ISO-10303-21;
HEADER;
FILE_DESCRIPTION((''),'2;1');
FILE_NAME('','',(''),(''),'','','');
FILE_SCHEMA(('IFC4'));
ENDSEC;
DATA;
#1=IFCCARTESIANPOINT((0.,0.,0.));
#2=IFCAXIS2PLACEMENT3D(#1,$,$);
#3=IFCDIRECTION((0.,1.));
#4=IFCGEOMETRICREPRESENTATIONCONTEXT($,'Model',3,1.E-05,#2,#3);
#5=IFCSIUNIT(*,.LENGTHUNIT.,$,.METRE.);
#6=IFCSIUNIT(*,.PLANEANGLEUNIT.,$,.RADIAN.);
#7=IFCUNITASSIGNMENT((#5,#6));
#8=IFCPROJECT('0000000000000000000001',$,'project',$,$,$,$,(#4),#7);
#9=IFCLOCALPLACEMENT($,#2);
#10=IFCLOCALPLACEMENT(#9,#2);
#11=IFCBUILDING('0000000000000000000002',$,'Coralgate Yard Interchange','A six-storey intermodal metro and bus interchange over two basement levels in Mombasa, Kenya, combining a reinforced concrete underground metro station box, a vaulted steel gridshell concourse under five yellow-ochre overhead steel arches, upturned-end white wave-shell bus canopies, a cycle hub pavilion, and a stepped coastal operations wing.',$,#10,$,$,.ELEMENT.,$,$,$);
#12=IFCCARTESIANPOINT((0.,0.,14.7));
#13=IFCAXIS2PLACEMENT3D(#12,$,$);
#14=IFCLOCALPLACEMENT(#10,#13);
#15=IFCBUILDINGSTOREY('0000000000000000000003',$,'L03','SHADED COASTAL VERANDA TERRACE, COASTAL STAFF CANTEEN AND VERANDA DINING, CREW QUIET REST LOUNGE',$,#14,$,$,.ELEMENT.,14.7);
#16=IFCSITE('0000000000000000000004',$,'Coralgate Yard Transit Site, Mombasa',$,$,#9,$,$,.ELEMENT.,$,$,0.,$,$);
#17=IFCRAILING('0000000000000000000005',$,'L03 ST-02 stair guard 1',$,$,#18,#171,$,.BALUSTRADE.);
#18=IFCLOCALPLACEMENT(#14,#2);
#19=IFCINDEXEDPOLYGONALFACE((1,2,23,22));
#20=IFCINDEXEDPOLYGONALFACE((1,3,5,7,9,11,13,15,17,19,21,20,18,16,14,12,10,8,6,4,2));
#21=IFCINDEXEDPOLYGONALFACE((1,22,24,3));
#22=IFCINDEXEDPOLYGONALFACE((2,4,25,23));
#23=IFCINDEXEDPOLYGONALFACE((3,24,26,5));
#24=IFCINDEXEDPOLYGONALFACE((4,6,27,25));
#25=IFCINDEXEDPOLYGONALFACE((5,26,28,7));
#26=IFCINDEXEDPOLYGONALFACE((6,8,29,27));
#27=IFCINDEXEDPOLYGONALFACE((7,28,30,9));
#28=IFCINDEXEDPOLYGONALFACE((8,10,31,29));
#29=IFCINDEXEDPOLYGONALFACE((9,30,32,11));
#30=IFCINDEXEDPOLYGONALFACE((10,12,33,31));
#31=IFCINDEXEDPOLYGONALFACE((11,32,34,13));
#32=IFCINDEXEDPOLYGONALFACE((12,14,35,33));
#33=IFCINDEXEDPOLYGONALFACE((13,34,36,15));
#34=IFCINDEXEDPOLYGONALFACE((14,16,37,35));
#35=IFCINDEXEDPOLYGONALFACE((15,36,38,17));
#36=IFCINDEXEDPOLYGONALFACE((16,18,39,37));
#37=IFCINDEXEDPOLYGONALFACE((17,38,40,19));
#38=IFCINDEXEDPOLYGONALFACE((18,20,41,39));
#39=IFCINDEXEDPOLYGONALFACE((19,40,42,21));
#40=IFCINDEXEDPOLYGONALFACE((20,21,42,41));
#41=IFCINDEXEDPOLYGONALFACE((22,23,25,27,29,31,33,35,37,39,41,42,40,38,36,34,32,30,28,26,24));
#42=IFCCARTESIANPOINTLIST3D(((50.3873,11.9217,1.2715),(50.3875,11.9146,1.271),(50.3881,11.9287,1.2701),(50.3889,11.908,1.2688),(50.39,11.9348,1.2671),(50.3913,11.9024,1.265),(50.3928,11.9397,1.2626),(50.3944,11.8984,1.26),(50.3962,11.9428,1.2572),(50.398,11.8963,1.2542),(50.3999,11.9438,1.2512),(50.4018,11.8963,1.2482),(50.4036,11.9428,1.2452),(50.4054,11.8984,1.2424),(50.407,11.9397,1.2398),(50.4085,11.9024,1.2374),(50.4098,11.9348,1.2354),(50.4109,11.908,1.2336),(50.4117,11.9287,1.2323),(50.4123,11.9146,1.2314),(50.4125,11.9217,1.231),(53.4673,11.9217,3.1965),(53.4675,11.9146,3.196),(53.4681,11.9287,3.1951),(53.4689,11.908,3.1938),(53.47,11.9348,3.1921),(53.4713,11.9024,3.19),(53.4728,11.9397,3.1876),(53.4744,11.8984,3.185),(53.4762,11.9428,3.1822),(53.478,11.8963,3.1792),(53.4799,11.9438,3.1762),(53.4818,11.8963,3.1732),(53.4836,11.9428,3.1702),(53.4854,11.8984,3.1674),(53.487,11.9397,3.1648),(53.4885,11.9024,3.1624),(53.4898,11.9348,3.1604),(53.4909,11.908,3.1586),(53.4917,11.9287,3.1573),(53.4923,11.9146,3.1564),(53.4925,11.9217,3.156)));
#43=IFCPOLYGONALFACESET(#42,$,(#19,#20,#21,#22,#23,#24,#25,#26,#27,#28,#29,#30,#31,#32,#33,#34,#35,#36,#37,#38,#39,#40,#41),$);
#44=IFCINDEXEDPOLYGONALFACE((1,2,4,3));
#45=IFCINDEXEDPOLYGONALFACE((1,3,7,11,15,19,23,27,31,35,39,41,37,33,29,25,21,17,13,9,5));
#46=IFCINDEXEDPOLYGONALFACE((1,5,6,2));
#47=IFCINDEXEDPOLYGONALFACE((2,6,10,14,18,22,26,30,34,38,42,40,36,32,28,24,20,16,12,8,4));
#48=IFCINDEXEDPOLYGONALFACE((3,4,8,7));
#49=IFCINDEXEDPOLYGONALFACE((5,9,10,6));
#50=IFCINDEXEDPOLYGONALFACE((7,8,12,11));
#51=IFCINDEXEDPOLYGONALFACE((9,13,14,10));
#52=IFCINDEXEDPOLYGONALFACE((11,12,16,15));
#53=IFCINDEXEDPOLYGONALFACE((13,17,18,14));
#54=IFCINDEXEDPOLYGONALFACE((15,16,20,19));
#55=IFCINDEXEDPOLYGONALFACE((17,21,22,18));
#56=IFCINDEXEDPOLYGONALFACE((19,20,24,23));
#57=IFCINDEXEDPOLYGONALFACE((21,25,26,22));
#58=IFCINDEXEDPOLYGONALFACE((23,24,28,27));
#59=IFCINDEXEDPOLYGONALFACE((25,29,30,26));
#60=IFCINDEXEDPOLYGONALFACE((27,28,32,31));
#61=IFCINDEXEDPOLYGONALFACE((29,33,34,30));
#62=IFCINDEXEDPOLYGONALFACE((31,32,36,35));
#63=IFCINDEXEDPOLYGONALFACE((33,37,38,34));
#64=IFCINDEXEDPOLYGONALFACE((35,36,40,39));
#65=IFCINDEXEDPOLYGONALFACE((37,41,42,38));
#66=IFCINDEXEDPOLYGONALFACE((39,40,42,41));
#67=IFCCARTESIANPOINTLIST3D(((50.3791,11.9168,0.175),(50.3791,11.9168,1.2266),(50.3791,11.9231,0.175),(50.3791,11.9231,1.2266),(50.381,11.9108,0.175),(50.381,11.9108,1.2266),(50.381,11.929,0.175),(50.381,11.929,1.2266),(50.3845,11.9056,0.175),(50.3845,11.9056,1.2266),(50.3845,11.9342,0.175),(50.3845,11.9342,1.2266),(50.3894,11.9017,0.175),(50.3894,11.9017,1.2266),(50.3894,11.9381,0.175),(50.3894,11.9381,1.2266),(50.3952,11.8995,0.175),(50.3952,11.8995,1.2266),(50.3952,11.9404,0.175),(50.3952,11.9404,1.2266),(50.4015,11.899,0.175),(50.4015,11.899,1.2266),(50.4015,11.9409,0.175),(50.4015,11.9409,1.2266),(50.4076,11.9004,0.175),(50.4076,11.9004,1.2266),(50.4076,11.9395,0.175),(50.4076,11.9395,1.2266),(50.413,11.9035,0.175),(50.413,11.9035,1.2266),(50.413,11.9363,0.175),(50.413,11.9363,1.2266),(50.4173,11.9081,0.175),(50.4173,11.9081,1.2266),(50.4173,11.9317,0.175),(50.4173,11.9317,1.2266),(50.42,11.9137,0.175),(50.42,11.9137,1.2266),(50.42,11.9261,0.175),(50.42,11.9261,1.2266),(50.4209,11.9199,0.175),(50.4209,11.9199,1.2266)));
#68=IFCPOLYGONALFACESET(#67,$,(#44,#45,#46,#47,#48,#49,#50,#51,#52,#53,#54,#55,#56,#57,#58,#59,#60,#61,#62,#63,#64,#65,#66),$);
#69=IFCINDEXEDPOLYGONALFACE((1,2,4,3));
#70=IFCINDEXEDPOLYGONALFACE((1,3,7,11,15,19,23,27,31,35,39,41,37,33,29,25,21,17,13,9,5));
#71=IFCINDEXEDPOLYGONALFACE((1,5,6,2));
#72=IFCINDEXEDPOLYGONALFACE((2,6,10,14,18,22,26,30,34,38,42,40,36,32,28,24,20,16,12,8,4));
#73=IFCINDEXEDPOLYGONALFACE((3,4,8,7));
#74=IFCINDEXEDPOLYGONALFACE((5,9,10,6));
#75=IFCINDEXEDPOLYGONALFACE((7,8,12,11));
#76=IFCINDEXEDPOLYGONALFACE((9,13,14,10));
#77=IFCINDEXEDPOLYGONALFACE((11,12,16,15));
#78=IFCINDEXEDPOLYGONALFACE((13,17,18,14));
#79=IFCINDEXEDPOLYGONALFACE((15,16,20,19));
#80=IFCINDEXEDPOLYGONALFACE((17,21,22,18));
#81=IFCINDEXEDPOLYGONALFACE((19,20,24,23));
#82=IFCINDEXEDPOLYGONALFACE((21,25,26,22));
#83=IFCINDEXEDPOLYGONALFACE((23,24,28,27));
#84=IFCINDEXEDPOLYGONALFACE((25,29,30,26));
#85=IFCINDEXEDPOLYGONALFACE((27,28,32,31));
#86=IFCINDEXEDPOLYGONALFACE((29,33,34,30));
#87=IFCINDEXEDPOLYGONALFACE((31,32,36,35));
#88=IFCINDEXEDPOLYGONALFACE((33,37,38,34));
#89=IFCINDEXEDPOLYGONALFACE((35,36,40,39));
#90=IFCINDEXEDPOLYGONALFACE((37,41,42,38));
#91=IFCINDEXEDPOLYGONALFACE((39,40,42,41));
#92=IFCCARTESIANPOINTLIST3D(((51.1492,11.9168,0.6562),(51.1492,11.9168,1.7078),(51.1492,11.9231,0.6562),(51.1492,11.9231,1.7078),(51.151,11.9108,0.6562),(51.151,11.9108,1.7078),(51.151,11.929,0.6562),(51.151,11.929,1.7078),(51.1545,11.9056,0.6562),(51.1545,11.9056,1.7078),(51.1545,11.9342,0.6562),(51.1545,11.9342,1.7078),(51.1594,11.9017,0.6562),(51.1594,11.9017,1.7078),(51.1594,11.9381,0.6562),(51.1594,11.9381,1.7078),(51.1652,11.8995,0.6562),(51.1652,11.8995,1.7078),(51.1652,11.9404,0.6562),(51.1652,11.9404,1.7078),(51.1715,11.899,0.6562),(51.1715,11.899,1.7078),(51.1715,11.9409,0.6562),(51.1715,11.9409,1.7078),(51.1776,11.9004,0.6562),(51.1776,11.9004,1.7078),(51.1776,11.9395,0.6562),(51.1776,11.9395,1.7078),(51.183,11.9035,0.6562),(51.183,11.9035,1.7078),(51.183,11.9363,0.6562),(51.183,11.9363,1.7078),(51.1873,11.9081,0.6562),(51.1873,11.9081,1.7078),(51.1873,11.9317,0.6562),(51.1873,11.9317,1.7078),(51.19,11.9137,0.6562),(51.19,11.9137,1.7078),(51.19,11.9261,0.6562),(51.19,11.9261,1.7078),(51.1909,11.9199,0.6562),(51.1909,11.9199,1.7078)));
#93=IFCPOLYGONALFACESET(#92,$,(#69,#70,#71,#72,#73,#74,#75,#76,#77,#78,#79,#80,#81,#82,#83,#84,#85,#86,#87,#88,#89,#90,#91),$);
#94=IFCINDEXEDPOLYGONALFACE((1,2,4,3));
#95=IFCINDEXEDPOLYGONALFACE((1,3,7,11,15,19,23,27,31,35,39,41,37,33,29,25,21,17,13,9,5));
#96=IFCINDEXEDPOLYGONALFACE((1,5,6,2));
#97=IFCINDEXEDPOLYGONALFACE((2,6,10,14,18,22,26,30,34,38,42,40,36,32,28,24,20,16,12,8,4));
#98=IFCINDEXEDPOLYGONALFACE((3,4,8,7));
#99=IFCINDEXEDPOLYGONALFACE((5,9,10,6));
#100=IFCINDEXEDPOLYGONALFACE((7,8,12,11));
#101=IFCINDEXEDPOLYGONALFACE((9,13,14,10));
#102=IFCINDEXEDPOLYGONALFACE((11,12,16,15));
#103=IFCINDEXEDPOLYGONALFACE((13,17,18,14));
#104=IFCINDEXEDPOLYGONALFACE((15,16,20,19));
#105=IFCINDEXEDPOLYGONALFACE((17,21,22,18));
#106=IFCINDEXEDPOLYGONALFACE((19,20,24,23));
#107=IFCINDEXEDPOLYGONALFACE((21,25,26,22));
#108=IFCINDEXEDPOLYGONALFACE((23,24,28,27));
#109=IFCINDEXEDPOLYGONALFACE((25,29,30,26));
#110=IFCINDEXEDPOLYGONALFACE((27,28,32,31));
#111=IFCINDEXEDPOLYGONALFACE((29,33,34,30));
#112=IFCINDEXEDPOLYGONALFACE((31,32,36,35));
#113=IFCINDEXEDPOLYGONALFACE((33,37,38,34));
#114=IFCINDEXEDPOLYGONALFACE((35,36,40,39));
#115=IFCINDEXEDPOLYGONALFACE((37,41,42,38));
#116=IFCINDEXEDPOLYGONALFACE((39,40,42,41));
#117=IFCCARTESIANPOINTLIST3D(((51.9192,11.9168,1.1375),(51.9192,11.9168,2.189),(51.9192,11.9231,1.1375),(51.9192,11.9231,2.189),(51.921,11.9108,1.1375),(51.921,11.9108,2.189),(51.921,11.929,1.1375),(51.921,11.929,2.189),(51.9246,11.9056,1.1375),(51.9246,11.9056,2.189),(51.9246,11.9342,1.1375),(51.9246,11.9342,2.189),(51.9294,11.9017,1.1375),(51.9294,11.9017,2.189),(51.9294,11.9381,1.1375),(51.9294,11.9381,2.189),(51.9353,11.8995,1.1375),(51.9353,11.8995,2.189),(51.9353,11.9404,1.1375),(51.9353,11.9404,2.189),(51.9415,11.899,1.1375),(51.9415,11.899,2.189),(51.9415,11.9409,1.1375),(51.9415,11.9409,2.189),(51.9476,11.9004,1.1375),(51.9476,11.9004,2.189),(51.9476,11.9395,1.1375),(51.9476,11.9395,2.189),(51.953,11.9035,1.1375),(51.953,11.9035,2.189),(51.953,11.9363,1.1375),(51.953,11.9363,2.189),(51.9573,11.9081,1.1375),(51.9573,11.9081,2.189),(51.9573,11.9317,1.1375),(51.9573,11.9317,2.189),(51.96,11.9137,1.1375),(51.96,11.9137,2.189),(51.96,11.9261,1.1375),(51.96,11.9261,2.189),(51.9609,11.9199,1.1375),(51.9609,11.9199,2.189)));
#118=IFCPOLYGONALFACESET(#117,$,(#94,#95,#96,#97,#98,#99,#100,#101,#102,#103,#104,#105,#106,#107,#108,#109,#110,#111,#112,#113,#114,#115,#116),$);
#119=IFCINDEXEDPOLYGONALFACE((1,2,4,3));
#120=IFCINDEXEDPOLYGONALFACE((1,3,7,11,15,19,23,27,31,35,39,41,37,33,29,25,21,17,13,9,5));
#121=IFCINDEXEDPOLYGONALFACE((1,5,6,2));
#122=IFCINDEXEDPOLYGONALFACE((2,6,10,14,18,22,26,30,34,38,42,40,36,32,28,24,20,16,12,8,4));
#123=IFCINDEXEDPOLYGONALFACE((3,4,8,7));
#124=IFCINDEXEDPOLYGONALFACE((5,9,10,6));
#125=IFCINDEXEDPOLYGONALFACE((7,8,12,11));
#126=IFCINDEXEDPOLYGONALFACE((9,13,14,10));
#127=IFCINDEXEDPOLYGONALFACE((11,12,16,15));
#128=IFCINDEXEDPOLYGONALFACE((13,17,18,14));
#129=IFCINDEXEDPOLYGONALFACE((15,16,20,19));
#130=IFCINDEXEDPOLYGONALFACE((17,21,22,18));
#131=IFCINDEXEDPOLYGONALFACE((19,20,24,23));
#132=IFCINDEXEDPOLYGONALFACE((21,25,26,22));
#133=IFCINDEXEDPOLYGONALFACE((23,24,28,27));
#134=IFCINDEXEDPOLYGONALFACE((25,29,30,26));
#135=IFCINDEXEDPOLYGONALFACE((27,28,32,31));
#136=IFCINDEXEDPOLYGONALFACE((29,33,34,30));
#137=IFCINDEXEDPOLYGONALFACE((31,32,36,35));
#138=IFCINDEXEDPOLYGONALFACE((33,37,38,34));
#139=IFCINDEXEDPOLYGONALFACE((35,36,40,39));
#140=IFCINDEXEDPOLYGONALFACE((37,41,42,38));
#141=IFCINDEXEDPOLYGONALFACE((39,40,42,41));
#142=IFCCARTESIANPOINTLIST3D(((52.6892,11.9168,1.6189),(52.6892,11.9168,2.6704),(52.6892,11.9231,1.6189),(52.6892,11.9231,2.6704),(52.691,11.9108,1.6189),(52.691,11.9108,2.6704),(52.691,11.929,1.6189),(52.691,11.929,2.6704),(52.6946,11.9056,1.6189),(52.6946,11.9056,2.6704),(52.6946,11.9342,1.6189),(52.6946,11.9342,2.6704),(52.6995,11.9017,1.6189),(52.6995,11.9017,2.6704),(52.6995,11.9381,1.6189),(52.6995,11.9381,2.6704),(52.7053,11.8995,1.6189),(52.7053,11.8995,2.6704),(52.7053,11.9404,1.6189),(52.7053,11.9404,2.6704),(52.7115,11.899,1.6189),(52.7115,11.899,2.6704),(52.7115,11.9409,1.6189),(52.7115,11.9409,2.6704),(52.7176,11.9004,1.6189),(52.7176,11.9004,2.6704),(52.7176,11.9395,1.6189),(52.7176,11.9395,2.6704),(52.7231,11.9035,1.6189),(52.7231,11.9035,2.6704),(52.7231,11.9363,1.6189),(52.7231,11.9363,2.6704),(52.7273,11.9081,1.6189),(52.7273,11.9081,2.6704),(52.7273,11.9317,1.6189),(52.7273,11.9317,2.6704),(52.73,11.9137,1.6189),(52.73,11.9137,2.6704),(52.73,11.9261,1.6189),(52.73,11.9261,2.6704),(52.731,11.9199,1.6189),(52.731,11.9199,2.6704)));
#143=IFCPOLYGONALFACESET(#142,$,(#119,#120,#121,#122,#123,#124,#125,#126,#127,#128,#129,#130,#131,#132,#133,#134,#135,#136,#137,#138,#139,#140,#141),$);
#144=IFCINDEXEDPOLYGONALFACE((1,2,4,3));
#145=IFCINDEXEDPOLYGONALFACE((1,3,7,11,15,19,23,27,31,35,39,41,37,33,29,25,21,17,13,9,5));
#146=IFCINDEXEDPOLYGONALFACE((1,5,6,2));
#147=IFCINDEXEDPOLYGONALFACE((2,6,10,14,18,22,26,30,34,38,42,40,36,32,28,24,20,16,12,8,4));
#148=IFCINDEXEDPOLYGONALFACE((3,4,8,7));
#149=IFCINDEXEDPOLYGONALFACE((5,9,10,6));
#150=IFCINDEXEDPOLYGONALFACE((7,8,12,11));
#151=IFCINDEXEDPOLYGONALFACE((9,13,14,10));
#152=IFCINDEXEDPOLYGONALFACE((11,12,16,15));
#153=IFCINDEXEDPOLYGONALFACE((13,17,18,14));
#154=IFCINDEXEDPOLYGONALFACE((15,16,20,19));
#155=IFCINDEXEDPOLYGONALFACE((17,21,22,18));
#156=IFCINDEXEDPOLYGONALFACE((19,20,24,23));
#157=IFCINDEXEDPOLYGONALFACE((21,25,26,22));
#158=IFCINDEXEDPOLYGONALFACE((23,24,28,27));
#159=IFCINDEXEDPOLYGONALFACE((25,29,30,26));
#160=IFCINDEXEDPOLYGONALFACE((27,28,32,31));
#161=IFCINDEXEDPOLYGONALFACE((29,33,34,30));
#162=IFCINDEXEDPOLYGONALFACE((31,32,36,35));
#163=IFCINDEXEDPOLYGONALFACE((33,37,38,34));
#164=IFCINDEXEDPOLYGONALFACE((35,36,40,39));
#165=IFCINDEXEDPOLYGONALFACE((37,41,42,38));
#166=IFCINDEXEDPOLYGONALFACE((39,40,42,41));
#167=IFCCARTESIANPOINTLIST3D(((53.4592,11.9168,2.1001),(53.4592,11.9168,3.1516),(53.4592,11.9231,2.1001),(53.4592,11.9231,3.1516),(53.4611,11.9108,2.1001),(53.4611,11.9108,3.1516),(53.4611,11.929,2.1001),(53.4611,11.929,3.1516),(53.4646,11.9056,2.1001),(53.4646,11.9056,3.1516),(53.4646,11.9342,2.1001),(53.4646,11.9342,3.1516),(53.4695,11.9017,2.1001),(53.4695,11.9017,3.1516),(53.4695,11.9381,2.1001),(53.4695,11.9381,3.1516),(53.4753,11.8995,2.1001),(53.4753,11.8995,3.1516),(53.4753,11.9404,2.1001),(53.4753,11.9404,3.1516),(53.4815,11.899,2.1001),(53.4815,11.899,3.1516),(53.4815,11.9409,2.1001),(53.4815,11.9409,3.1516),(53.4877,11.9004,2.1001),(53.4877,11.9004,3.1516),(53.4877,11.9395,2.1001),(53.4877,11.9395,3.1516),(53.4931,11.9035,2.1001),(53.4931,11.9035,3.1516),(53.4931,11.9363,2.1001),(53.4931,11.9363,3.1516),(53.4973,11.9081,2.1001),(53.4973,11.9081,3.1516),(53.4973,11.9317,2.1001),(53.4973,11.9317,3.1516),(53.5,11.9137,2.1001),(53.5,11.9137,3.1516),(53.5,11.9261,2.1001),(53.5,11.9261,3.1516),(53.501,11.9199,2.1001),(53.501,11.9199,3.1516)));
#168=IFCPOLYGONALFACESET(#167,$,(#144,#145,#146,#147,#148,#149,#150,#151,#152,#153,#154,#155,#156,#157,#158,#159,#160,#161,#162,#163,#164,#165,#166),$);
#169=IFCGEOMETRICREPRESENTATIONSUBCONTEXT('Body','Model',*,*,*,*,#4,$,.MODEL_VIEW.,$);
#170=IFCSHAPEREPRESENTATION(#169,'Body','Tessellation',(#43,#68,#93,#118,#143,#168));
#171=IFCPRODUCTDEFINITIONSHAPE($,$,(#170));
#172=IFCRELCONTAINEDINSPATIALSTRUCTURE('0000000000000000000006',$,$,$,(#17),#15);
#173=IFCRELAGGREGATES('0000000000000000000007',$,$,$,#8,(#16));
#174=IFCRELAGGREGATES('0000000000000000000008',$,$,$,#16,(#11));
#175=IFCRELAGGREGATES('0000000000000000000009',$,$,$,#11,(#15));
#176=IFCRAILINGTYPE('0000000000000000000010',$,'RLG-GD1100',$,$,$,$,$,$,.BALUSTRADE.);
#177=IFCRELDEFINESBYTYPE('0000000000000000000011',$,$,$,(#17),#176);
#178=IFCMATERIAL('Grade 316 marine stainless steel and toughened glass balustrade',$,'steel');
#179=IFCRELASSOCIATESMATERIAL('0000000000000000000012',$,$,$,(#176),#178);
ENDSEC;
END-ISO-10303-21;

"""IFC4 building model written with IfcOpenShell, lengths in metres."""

from ifc_helpers import new_model, si_unit, direction, frame, origin, origin_2d, place, context, subcontext, project, spatial, circle, extrude, material, type_object, element, save


model = new_model("IFC4")

# Units and contexts
model_context = context("Model", 3, precision=1e-05, world=origin(), true_north=direction((0.0, 1.0)))
body_context = subcontext(model_context, "Body", "Model", "MODEL_VIEW")
ifc_project = project(units=[si_unit("LENGTHUNIT", "METRE"), si_unit("PLANEANGLEUNIT", "RADIAN")], contexts=[model_context])

# Site, building, storey
site_placement = place(None, origin())
site = spatial("IfcSite", under=ifc_project, at=site_placement, Name="Coralgate Yard Transit Site, Mombasa", CompositionType="ELEMENT", RefElevation=0.0)
building_placement = place(site_placement, origin())
building = spatial("IfcBuilding", under=site, at=building_placement, Name="Coralgate Yard Interchange", Description="A six-storey intermodal metro and bus interchange over two basement levels in Mombasa, Kenya, combining a reinforced concrete underground metro station box, a vaulted steel gridshell concourse under five yellow-ochre overhead steel arches, upturned-end white wave-shell bus canopies, a cycle hub pavilion, and a stepped coastal operations wing.", CompositionType="ELEMENT")
storey_placement = place(building_placement, frame((0.0, 0.0, 14.7)))
storey = spatial("IfcBuildingStorey", under=building, at=storey_placement, Name="L03", Description="SHADED COASTAL VERANDA TERRACE, COASTAL STAFF CANTEEN AND VERANDA DINING, CREW QUIET REST LOUNGE", CompositionType="ELEMENT", Elevation=14.7)

# Railing
ifc_material_1 = material(Name="Grade 316 marine stainless steel and toughened glass balustrade", Category="steel")
railing_type_1 = type_object("IfcRailingType", Name="RLG-GD1100", PredefinedType="BALUSTRADE", material=ifc_material_1)
railing_1_placement = place(storey_placement, frame((50.3999, 11.9199, 0.175)))
element("IfcRailing", 1, at=railing_1_placement, inside=storey, type_object=railing_type_1, Name="L03 ST-02 stair guard 1", PredefinedType="BALUSTRADE", context=body_context, shape_type="SweptSolid", body=[
    extrude(circle(Radius=0.0239, at=origin_2d()), frame((0.0, 0.0, 1.0762), z_axis=(0.847998, 0.0, 0.529999), x_axis=(0.0, 1.0, 0.0)), (0.0, 0.0, 1.0), 3.6321),
    extrude(circle(Radius=0.021, at=origin_2d()), origin(), (0.0, 0.0, 1.0), 1.0515),
    extrude(circle(Radius=0.021, at=origin_2d()), frame((0.77, 0.0, 0.4812)), (0.0, 0.0, 1.0), 1.0515),
    extrude(circle(Radius=0.021, at=origin_2d()), frame((1.54, 0.0, 0.9624)), (0.0, 0.0, 1.0), 1.0515),
    extrude(circle(Radius=0.021, at=origin_2d()), frame((2.3101, 0.0, 1.4438)), (0.0, 0.0, 1.0), 1.0515),
    extrude(circle(Radius=0.021, at=origin_2d()), frame((3.0801, 0.0, 1.925)), (0.0, 0.0, 1.0), 1.0515),
])

save(model, "model.ifc")
